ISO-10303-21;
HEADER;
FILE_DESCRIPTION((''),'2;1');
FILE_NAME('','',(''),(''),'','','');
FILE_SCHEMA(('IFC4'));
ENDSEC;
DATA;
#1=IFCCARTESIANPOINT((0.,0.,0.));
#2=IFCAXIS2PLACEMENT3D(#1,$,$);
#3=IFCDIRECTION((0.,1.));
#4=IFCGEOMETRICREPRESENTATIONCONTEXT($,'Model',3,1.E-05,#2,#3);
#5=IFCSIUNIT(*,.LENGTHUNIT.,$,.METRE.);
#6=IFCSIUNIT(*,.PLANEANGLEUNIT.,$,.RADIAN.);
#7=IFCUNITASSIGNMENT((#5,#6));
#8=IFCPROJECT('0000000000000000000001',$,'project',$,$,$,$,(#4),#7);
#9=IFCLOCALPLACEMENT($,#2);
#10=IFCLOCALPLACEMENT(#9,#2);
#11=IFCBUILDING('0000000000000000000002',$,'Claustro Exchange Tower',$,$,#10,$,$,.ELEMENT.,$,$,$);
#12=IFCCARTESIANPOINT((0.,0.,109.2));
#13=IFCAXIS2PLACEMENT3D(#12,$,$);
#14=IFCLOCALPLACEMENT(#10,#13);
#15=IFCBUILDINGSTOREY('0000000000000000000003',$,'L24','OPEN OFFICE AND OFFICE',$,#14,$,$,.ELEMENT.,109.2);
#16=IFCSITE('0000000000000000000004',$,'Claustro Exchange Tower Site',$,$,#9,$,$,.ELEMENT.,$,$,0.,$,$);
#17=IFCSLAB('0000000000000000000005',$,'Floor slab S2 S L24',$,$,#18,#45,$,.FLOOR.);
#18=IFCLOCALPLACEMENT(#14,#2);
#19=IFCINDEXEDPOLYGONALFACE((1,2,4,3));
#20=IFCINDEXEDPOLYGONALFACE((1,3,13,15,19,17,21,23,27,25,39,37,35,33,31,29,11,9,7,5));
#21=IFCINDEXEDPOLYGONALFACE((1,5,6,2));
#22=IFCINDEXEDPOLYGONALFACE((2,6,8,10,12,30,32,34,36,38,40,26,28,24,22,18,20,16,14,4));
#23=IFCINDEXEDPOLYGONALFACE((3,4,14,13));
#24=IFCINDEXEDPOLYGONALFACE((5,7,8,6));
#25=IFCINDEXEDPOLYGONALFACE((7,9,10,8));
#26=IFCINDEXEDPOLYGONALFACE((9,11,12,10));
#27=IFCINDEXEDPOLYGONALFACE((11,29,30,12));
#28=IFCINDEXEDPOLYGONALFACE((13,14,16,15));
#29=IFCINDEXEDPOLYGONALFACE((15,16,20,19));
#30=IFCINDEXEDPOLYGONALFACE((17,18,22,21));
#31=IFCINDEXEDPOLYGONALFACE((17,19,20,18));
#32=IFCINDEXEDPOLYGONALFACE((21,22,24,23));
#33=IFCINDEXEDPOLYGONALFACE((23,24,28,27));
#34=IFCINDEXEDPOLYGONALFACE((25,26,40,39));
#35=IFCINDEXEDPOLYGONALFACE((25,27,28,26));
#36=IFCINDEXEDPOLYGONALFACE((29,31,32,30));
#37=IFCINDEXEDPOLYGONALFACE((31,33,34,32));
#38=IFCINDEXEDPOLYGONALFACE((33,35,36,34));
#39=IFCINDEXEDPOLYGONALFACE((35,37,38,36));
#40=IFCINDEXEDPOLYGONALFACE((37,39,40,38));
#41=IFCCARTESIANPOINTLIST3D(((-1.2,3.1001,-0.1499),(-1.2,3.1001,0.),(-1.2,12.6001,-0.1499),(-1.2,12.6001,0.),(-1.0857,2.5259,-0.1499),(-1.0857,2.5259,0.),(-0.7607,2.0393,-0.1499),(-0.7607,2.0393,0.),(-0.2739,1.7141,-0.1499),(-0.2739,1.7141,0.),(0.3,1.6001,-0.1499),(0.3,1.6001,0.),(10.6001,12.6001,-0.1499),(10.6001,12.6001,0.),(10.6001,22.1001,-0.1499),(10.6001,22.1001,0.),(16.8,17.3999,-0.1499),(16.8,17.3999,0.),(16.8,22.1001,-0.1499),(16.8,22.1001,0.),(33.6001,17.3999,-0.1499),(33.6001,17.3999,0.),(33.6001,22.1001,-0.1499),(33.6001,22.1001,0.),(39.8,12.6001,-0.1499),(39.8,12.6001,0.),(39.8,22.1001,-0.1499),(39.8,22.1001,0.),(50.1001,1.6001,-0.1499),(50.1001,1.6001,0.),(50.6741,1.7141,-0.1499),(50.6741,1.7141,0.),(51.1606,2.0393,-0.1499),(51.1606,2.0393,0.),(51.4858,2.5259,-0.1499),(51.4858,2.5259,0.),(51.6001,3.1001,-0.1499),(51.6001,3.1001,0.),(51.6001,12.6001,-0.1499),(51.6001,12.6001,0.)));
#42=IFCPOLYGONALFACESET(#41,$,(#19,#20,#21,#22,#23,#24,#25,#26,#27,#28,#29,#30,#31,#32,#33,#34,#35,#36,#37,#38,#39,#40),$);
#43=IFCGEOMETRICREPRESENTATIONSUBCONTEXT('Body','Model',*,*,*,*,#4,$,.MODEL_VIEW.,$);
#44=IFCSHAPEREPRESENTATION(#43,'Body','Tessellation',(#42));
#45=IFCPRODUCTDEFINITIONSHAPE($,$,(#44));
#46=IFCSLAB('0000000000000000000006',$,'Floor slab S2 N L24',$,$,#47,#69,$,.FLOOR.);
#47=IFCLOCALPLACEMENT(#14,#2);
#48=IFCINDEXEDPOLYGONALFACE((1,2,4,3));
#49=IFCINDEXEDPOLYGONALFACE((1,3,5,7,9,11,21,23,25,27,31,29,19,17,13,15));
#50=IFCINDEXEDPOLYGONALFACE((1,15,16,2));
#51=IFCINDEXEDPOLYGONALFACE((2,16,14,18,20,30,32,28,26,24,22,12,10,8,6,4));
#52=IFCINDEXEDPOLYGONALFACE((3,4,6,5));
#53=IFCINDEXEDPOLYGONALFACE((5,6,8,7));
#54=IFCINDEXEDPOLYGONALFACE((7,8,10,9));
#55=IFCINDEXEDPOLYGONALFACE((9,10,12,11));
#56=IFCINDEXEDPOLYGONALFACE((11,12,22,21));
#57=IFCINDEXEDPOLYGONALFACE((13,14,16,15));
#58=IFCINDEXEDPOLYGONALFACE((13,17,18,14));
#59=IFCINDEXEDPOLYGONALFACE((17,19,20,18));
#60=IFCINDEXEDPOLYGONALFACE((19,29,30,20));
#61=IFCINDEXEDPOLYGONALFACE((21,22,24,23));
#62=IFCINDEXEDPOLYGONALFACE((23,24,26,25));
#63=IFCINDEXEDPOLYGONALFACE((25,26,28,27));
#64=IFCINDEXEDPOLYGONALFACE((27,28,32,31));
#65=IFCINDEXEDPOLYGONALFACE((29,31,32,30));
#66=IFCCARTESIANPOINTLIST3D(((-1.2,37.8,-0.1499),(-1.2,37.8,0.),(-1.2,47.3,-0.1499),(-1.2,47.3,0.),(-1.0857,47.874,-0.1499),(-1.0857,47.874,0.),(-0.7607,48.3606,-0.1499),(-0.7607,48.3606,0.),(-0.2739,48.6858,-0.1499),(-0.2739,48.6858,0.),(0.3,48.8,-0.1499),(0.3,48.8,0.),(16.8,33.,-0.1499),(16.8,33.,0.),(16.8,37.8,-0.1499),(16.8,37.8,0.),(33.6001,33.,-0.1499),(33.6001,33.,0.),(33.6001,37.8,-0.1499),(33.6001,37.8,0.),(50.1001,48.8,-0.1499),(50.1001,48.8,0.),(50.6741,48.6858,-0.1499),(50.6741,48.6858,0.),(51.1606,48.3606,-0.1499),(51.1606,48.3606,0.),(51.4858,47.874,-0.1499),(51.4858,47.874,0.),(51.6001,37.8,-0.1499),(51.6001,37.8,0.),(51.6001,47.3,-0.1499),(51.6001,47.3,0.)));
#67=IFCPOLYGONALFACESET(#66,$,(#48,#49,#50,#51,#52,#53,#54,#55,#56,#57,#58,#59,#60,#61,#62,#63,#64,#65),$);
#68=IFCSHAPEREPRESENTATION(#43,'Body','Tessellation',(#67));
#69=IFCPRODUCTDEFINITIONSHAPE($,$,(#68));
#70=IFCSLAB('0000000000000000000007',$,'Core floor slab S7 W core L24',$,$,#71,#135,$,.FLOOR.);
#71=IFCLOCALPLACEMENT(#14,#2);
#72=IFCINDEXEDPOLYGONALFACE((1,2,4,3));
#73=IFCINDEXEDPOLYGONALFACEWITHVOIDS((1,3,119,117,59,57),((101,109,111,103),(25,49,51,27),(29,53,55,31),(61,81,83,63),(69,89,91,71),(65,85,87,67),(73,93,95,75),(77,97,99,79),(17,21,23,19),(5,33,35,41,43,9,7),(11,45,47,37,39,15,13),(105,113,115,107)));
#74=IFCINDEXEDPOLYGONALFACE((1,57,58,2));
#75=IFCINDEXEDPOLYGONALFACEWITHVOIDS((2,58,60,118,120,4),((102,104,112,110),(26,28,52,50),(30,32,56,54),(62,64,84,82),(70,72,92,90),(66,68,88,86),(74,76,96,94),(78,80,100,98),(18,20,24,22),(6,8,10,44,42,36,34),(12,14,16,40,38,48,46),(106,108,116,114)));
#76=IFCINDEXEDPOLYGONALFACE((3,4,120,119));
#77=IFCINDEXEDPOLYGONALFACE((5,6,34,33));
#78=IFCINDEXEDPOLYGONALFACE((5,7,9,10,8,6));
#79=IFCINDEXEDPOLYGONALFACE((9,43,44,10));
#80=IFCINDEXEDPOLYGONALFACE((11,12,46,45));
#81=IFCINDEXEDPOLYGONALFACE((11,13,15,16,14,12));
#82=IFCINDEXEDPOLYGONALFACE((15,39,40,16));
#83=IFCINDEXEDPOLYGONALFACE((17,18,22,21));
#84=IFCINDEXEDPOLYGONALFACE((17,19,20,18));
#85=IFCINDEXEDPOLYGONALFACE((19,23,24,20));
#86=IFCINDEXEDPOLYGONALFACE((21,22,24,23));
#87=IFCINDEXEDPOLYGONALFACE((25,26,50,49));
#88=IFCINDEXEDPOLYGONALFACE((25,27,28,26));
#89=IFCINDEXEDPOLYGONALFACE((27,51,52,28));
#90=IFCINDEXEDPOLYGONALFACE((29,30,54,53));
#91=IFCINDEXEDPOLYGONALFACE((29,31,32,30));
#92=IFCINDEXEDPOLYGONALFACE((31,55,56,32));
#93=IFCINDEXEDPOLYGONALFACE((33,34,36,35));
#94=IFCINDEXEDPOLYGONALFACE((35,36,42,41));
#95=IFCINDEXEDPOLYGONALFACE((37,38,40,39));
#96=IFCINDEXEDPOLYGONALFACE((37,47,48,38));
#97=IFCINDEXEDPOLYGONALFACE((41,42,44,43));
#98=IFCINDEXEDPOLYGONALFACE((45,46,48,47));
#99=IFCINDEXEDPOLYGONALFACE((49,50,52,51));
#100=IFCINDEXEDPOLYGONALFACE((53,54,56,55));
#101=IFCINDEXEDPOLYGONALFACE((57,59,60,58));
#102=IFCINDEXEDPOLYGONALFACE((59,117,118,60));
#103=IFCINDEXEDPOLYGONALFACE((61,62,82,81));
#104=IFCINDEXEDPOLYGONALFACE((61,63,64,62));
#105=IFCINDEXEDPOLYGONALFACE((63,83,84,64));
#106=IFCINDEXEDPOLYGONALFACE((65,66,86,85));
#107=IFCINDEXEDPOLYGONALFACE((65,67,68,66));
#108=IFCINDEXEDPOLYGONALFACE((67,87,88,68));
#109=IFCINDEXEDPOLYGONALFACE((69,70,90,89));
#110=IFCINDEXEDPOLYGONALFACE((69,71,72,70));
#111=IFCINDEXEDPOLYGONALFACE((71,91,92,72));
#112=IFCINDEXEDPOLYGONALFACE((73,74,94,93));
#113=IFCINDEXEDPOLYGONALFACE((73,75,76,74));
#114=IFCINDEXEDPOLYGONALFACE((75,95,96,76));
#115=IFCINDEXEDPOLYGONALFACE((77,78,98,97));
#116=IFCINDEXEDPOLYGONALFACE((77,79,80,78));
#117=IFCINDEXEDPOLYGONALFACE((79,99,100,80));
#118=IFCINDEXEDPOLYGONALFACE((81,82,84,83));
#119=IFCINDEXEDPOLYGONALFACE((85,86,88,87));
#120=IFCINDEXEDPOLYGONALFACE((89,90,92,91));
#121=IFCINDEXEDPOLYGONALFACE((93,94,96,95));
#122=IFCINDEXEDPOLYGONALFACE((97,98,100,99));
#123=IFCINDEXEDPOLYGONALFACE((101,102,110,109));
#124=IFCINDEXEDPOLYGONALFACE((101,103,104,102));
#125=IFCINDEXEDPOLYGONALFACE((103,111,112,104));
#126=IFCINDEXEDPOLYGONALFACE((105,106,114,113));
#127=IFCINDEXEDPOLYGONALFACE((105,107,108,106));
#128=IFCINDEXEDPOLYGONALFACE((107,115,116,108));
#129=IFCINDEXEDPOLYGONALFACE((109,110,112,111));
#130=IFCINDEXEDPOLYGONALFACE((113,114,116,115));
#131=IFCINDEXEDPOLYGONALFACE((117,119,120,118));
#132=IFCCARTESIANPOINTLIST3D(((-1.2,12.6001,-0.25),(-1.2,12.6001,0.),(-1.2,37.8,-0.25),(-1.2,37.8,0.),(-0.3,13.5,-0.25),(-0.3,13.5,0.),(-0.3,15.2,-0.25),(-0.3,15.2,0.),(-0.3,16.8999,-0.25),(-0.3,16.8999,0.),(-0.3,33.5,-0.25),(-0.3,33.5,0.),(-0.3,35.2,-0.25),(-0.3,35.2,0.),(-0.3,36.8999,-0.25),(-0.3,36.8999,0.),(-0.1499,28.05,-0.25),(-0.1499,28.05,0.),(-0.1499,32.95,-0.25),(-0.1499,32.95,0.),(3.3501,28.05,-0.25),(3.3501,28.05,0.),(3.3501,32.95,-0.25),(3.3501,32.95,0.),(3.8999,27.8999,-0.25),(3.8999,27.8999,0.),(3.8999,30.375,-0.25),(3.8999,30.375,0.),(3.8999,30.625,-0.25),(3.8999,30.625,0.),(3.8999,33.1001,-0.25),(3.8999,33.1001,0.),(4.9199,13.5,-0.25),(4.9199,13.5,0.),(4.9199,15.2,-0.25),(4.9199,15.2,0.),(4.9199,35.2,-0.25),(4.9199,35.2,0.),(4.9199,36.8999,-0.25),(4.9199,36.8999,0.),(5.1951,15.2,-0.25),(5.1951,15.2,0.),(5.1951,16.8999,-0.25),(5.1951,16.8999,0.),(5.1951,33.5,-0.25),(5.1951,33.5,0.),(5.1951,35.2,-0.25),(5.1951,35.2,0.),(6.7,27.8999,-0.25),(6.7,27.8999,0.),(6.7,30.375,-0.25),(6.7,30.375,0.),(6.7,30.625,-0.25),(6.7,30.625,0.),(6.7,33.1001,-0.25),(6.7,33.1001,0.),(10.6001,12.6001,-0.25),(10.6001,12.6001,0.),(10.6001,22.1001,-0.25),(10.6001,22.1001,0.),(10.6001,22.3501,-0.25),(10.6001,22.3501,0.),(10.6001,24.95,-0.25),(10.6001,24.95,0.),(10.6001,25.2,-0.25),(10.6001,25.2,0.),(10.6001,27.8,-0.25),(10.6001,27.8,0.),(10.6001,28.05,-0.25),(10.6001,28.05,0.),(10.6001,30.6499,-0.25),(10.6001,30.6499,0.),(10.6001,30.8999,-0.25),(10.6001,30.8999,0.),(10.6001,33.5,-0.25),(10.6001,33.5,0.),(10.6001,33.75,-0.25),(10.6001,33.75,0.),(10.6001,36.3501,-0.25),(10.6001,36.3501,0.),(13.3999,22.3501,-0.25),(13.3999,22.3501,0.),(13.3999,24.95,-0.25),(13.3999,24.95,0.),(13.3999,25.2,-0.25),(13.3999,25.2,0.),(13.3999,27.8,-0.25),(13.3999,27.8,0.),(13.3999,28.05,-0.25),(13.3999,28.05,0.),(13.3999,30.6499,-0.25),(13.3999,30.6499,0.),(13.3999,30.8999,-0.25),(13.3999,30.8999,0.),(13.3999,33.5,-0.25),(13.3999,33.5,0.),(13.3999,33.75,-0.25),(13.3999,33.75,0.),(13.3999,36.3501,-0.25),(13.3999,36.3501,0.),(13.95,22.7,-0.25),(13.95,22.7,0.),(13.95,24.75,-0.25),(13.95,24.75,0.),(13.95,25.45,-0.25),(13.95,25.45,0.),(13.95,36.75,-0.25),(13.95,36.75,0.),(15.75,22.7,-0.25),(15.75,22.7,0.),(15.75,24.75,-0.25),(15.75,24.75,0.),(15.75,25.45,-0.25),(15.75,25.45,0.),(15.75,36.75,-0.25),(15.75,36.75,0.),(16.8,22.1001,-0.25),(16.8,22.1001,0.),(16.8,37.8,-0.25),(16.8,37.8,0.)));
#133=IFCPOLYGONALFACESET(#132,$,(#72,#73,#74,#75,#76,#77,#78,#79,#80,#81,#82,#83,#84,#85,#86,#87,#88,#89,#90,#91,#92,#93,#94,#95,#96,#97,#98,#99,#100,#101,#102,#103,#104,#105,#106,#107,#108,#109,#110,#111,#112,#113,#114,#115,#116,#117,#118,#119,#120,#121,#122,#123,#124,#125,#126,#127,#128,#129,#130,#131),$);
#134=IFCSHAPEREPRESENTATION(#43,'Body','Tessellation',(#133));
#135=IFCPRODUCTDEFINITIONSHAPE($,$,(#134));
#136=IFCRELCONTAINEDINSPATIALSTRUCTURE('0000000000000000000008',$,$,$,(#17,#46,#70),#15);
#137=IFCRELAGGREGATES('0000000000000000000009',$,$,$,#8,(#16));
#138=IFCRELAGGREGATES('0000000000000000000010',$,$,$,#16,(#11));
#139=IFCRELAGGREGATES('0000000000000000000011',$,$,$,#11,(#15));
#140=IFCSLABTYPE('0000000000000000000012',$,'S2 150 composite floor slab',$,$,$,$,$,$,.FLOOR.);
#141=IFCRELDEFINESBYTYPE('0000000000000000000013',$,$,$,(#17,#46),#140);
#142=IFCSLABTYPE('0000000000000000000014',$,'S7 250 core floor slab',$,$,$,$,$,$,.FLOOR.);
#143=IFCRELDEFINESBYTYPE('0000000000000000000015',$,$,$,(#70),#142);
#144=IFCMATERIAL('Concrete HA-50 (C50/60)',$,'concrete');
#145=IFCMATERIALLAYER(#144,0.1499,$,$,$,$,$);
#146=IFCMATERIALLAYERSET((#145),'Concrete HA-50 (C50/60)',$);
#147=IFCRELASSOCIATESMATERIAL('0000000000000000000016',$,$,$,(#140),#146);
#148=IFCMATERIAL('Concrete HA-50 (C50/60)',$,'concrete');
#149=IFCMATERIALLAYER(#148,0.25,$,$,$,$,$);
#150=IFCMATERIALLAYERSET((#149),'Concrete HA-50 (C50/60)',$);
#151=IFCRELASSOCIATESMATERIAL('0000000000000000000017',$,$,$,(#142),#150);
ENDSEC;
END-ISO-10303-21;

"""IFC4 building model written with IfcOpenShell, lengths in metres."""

from ifc_helpers import new_model, si_unit, direction, frame, origin, place, context, subcontext, project, spatial, polyline, outline, extrude, material, layer, layer_set, type_object, element, save


model = new_model("IFC4")

# Units and contexts
model_context = context("Model", 3, precision=1e-05, world=origin(), true_north=direction((0.0, 1.0)))
body_context = subcontext(model_context, "Body", "Model", "MODEL_VIEW")
ifc_project = project(units=[si_unit("LENGTHUNIT", "METRE"), si_unit("PLANEANGLEUNIT", "RADIAN")], contexts=[model_context])

# Site, building, storey
site_placement = place(None, origin())
site = spatial("IfcSite", under=ifc_project, at=site_placement, Name="Claustro Exchange Tower Site", CompositionType="ELEMENT", RefElevation=0.0)
building_placement = place(site_placement, origin())
building = spatial("IfcBuilding", under=site, at=building_placement, Name="Claustro Exchange Tower", CompositionType="ELEMENT")
storey_placement = place(building_placement, frame((0.0, 0.0, 109.2)))
storey = spatial("IfcBuildingStorey", under=building, at=storey_placement, Name="L24", Description="OPEN OFFICE AND OFFICE", CompositionType="ELEMENT", Elevation=109.2)

# Slabs
ifc_material_1 = material(Name="Concrete HA-50 (C50/60)", Category="concrete")
ifc_layer_1 = layer(ifc_material_1, 0.1499)
ifc_layer_set_1 = layer_set([ifc_layer_1], Name="Concrete HA-50 (C50/60)")
slab_type_1 = type_object("IfcSlabType", Name="S2 150 composite floor slab", PredefinedType="FLOOR", material=ifc_layer_set_1)
slab_1_placement = place(storey_placement, frame((0.0, 0.0, -0.1499)))
element("IfcSlab", 1, at=slab_1_placement, inside=storey, type_object=slab_type_1, Name="Floor slab S2 S L24", PredefinedType="FLOOR", context=body_context, shape_type="SweptSolid", body=[
    extrude(outline(polyline([(-0.2739, 1.7141), (0.3, 1.6001), (50.1001, 1.6001), (50.6741, 1.7141), (51.1606, 2.0393), (51.4858, 2.5259), (51.6001, 3.1001), (51.6001, 12.6001), (39.8, 12.6001), (39.8, 22.1001), (33.6001, 22.1001), (33.6001, 17.3999), (16.8, 17.3999), (16.8, 22.1001), (10.6001, 22.1001), (10.6001, 12.6001), (-1.2, 12.6001), (-1.2, 3.1001), (-1.0857, 2.5259), (-0.7607, 2.0393), (-0.2739, 1.7141)])), origin(), (0.0, 0.0, 1.0), 0.1499),
])
slab_2_placement = place(storey_placement, frame((0.0, 0.0, -0.1499)))
element("IfcSlab", 2, at=slab_2_placement, inside=storey, type_object=slab_type_1, Name="Floor slab S2 N L24", PredefinedType="FLOOR", context=body_context, shape_type="SweptSolid", body=[
    extrude(outline(polyline([(16.8, 37.8), (16.8, 33.0), (33.6001, 33.0), (33.6001, 37.8), (51.6001, 37.8), (51.6001, 47.3), (51.4858, 47.874), (51.1606, 48.3606), (50.6741, 48.6858), (50.1001, 48.8), (0.3, 48.8), (-0.2739, 48.6858), (-0.7607, 48.3606), (-1.0857, 47.874), (-1.2, 47.3), (-1.2, 37.8), (16.8, 37.8)])), origin(), (0.0, 0.0, 1.0), 0.1499),
])
ifc_material_2 = material(Name="Concrete HA-50 (C50/60)", Category="concrete")
ifc_layer_2 = layer(ifc_material_2, 0.25)
ifc_layer_set_2 = layer_set([ifc_layer_2], Name="Concrete HA-50 (C50/60)")
slab_type_2 = type_object("IfcSlabType", Name="S7 250 core floor slab", PredefinedType="FLOOR", material=ifc_layer_set_2)
slab_3_placement = place(storey_placement, frame((0.0, 0.0, -0.25)))
element("IfcSlab", 3, at=slab_3_placement, inside=storey, type_object=slab_type_2, Name="Core floor slab S7 W core L24", PredefinedType="FLOOR", context=body_context, shape_type="SweptSolid", body=[
    extrude(outline(polyline([(-1.2, 37.8), (-1.2, 12.6001), (10.6001, 12.6001), (10.6001, 22.1001), (16.8, 22.1001), (16.8, 37.8), (-1.2, 37.8)]), holes=[polyline([(13.95, 24.75), (15.75, 24.75), (15.75, 22.7), (13.95, 22.7), (13.95, 24.75)]), polyline([(13.95, 36.75), (15.75, 36.75), (15.75, 25.45), (13.95, 25.45), (13.95, 36.75)]), polyline([(13.3999, 24.95), (13.3999, 22.3501), (10.6001, 22.3501), (10.6001, 24.95), (13.3999, 24.95)]), polyline([(13.3999, 27.8), (13.3999, 25.2), (10.6001, 25.2), (10.6001, 27.8), (13.3999, 27.8)]), polyline([(13.3999, 30.6499), (13.3999, 28.05), (10.6001, 28.05), (10.6001, 30.6499), (13.3999, 30.6499)]), polyline([(13.3999, 33.5), (13.3999, 30.8999), (10.6001, 30.8999), (10.6001, 33.5), (13.3999, 33.5)]), polyline([(13.3999, 36.3501), (13.3999, 33.75), (10.6001, 33.75), (10.6001, 36.3501), (13.3999, 36.3501)]), polyline([(6.7, 30.375), (6.7, 27.8999), (3.8999, 27.8999), (3.8999, 30.375), (6.7, 30.375)]), polyline([(6.7, 33.1001), (6.7, 30.625), (3.8999, 30.625), (3.8999, 33.1001), (6.7, 33.1001)]), polyline([(-0.3, 15.2), (-0.3, 16.8999), (5.1951, 16.8999), (5.1951, 15.2), (4.9199, 15.2), (4.9199, 13.5), (-0.3, 13.5), (-0.3, 15.2)]), polyline([(-0.3, 35.2), (-0.3, 36.8999), (4.9199, 36.8999), (4.9199, 35.2), (5.1951, 35.2), (5.1951, 33.5), (-0.3, 33.5), (-0.3, 35.2)]), polyline([(-0.1499, 32.95), (3.3501, 32.95), (3.3501, 28.05), (-0.1499, 28.05), (-0.1499, 32.95)])]), origin(), (0.0, 0.0, 1.0), 0.25),
])

save(model, "model.ifc")
